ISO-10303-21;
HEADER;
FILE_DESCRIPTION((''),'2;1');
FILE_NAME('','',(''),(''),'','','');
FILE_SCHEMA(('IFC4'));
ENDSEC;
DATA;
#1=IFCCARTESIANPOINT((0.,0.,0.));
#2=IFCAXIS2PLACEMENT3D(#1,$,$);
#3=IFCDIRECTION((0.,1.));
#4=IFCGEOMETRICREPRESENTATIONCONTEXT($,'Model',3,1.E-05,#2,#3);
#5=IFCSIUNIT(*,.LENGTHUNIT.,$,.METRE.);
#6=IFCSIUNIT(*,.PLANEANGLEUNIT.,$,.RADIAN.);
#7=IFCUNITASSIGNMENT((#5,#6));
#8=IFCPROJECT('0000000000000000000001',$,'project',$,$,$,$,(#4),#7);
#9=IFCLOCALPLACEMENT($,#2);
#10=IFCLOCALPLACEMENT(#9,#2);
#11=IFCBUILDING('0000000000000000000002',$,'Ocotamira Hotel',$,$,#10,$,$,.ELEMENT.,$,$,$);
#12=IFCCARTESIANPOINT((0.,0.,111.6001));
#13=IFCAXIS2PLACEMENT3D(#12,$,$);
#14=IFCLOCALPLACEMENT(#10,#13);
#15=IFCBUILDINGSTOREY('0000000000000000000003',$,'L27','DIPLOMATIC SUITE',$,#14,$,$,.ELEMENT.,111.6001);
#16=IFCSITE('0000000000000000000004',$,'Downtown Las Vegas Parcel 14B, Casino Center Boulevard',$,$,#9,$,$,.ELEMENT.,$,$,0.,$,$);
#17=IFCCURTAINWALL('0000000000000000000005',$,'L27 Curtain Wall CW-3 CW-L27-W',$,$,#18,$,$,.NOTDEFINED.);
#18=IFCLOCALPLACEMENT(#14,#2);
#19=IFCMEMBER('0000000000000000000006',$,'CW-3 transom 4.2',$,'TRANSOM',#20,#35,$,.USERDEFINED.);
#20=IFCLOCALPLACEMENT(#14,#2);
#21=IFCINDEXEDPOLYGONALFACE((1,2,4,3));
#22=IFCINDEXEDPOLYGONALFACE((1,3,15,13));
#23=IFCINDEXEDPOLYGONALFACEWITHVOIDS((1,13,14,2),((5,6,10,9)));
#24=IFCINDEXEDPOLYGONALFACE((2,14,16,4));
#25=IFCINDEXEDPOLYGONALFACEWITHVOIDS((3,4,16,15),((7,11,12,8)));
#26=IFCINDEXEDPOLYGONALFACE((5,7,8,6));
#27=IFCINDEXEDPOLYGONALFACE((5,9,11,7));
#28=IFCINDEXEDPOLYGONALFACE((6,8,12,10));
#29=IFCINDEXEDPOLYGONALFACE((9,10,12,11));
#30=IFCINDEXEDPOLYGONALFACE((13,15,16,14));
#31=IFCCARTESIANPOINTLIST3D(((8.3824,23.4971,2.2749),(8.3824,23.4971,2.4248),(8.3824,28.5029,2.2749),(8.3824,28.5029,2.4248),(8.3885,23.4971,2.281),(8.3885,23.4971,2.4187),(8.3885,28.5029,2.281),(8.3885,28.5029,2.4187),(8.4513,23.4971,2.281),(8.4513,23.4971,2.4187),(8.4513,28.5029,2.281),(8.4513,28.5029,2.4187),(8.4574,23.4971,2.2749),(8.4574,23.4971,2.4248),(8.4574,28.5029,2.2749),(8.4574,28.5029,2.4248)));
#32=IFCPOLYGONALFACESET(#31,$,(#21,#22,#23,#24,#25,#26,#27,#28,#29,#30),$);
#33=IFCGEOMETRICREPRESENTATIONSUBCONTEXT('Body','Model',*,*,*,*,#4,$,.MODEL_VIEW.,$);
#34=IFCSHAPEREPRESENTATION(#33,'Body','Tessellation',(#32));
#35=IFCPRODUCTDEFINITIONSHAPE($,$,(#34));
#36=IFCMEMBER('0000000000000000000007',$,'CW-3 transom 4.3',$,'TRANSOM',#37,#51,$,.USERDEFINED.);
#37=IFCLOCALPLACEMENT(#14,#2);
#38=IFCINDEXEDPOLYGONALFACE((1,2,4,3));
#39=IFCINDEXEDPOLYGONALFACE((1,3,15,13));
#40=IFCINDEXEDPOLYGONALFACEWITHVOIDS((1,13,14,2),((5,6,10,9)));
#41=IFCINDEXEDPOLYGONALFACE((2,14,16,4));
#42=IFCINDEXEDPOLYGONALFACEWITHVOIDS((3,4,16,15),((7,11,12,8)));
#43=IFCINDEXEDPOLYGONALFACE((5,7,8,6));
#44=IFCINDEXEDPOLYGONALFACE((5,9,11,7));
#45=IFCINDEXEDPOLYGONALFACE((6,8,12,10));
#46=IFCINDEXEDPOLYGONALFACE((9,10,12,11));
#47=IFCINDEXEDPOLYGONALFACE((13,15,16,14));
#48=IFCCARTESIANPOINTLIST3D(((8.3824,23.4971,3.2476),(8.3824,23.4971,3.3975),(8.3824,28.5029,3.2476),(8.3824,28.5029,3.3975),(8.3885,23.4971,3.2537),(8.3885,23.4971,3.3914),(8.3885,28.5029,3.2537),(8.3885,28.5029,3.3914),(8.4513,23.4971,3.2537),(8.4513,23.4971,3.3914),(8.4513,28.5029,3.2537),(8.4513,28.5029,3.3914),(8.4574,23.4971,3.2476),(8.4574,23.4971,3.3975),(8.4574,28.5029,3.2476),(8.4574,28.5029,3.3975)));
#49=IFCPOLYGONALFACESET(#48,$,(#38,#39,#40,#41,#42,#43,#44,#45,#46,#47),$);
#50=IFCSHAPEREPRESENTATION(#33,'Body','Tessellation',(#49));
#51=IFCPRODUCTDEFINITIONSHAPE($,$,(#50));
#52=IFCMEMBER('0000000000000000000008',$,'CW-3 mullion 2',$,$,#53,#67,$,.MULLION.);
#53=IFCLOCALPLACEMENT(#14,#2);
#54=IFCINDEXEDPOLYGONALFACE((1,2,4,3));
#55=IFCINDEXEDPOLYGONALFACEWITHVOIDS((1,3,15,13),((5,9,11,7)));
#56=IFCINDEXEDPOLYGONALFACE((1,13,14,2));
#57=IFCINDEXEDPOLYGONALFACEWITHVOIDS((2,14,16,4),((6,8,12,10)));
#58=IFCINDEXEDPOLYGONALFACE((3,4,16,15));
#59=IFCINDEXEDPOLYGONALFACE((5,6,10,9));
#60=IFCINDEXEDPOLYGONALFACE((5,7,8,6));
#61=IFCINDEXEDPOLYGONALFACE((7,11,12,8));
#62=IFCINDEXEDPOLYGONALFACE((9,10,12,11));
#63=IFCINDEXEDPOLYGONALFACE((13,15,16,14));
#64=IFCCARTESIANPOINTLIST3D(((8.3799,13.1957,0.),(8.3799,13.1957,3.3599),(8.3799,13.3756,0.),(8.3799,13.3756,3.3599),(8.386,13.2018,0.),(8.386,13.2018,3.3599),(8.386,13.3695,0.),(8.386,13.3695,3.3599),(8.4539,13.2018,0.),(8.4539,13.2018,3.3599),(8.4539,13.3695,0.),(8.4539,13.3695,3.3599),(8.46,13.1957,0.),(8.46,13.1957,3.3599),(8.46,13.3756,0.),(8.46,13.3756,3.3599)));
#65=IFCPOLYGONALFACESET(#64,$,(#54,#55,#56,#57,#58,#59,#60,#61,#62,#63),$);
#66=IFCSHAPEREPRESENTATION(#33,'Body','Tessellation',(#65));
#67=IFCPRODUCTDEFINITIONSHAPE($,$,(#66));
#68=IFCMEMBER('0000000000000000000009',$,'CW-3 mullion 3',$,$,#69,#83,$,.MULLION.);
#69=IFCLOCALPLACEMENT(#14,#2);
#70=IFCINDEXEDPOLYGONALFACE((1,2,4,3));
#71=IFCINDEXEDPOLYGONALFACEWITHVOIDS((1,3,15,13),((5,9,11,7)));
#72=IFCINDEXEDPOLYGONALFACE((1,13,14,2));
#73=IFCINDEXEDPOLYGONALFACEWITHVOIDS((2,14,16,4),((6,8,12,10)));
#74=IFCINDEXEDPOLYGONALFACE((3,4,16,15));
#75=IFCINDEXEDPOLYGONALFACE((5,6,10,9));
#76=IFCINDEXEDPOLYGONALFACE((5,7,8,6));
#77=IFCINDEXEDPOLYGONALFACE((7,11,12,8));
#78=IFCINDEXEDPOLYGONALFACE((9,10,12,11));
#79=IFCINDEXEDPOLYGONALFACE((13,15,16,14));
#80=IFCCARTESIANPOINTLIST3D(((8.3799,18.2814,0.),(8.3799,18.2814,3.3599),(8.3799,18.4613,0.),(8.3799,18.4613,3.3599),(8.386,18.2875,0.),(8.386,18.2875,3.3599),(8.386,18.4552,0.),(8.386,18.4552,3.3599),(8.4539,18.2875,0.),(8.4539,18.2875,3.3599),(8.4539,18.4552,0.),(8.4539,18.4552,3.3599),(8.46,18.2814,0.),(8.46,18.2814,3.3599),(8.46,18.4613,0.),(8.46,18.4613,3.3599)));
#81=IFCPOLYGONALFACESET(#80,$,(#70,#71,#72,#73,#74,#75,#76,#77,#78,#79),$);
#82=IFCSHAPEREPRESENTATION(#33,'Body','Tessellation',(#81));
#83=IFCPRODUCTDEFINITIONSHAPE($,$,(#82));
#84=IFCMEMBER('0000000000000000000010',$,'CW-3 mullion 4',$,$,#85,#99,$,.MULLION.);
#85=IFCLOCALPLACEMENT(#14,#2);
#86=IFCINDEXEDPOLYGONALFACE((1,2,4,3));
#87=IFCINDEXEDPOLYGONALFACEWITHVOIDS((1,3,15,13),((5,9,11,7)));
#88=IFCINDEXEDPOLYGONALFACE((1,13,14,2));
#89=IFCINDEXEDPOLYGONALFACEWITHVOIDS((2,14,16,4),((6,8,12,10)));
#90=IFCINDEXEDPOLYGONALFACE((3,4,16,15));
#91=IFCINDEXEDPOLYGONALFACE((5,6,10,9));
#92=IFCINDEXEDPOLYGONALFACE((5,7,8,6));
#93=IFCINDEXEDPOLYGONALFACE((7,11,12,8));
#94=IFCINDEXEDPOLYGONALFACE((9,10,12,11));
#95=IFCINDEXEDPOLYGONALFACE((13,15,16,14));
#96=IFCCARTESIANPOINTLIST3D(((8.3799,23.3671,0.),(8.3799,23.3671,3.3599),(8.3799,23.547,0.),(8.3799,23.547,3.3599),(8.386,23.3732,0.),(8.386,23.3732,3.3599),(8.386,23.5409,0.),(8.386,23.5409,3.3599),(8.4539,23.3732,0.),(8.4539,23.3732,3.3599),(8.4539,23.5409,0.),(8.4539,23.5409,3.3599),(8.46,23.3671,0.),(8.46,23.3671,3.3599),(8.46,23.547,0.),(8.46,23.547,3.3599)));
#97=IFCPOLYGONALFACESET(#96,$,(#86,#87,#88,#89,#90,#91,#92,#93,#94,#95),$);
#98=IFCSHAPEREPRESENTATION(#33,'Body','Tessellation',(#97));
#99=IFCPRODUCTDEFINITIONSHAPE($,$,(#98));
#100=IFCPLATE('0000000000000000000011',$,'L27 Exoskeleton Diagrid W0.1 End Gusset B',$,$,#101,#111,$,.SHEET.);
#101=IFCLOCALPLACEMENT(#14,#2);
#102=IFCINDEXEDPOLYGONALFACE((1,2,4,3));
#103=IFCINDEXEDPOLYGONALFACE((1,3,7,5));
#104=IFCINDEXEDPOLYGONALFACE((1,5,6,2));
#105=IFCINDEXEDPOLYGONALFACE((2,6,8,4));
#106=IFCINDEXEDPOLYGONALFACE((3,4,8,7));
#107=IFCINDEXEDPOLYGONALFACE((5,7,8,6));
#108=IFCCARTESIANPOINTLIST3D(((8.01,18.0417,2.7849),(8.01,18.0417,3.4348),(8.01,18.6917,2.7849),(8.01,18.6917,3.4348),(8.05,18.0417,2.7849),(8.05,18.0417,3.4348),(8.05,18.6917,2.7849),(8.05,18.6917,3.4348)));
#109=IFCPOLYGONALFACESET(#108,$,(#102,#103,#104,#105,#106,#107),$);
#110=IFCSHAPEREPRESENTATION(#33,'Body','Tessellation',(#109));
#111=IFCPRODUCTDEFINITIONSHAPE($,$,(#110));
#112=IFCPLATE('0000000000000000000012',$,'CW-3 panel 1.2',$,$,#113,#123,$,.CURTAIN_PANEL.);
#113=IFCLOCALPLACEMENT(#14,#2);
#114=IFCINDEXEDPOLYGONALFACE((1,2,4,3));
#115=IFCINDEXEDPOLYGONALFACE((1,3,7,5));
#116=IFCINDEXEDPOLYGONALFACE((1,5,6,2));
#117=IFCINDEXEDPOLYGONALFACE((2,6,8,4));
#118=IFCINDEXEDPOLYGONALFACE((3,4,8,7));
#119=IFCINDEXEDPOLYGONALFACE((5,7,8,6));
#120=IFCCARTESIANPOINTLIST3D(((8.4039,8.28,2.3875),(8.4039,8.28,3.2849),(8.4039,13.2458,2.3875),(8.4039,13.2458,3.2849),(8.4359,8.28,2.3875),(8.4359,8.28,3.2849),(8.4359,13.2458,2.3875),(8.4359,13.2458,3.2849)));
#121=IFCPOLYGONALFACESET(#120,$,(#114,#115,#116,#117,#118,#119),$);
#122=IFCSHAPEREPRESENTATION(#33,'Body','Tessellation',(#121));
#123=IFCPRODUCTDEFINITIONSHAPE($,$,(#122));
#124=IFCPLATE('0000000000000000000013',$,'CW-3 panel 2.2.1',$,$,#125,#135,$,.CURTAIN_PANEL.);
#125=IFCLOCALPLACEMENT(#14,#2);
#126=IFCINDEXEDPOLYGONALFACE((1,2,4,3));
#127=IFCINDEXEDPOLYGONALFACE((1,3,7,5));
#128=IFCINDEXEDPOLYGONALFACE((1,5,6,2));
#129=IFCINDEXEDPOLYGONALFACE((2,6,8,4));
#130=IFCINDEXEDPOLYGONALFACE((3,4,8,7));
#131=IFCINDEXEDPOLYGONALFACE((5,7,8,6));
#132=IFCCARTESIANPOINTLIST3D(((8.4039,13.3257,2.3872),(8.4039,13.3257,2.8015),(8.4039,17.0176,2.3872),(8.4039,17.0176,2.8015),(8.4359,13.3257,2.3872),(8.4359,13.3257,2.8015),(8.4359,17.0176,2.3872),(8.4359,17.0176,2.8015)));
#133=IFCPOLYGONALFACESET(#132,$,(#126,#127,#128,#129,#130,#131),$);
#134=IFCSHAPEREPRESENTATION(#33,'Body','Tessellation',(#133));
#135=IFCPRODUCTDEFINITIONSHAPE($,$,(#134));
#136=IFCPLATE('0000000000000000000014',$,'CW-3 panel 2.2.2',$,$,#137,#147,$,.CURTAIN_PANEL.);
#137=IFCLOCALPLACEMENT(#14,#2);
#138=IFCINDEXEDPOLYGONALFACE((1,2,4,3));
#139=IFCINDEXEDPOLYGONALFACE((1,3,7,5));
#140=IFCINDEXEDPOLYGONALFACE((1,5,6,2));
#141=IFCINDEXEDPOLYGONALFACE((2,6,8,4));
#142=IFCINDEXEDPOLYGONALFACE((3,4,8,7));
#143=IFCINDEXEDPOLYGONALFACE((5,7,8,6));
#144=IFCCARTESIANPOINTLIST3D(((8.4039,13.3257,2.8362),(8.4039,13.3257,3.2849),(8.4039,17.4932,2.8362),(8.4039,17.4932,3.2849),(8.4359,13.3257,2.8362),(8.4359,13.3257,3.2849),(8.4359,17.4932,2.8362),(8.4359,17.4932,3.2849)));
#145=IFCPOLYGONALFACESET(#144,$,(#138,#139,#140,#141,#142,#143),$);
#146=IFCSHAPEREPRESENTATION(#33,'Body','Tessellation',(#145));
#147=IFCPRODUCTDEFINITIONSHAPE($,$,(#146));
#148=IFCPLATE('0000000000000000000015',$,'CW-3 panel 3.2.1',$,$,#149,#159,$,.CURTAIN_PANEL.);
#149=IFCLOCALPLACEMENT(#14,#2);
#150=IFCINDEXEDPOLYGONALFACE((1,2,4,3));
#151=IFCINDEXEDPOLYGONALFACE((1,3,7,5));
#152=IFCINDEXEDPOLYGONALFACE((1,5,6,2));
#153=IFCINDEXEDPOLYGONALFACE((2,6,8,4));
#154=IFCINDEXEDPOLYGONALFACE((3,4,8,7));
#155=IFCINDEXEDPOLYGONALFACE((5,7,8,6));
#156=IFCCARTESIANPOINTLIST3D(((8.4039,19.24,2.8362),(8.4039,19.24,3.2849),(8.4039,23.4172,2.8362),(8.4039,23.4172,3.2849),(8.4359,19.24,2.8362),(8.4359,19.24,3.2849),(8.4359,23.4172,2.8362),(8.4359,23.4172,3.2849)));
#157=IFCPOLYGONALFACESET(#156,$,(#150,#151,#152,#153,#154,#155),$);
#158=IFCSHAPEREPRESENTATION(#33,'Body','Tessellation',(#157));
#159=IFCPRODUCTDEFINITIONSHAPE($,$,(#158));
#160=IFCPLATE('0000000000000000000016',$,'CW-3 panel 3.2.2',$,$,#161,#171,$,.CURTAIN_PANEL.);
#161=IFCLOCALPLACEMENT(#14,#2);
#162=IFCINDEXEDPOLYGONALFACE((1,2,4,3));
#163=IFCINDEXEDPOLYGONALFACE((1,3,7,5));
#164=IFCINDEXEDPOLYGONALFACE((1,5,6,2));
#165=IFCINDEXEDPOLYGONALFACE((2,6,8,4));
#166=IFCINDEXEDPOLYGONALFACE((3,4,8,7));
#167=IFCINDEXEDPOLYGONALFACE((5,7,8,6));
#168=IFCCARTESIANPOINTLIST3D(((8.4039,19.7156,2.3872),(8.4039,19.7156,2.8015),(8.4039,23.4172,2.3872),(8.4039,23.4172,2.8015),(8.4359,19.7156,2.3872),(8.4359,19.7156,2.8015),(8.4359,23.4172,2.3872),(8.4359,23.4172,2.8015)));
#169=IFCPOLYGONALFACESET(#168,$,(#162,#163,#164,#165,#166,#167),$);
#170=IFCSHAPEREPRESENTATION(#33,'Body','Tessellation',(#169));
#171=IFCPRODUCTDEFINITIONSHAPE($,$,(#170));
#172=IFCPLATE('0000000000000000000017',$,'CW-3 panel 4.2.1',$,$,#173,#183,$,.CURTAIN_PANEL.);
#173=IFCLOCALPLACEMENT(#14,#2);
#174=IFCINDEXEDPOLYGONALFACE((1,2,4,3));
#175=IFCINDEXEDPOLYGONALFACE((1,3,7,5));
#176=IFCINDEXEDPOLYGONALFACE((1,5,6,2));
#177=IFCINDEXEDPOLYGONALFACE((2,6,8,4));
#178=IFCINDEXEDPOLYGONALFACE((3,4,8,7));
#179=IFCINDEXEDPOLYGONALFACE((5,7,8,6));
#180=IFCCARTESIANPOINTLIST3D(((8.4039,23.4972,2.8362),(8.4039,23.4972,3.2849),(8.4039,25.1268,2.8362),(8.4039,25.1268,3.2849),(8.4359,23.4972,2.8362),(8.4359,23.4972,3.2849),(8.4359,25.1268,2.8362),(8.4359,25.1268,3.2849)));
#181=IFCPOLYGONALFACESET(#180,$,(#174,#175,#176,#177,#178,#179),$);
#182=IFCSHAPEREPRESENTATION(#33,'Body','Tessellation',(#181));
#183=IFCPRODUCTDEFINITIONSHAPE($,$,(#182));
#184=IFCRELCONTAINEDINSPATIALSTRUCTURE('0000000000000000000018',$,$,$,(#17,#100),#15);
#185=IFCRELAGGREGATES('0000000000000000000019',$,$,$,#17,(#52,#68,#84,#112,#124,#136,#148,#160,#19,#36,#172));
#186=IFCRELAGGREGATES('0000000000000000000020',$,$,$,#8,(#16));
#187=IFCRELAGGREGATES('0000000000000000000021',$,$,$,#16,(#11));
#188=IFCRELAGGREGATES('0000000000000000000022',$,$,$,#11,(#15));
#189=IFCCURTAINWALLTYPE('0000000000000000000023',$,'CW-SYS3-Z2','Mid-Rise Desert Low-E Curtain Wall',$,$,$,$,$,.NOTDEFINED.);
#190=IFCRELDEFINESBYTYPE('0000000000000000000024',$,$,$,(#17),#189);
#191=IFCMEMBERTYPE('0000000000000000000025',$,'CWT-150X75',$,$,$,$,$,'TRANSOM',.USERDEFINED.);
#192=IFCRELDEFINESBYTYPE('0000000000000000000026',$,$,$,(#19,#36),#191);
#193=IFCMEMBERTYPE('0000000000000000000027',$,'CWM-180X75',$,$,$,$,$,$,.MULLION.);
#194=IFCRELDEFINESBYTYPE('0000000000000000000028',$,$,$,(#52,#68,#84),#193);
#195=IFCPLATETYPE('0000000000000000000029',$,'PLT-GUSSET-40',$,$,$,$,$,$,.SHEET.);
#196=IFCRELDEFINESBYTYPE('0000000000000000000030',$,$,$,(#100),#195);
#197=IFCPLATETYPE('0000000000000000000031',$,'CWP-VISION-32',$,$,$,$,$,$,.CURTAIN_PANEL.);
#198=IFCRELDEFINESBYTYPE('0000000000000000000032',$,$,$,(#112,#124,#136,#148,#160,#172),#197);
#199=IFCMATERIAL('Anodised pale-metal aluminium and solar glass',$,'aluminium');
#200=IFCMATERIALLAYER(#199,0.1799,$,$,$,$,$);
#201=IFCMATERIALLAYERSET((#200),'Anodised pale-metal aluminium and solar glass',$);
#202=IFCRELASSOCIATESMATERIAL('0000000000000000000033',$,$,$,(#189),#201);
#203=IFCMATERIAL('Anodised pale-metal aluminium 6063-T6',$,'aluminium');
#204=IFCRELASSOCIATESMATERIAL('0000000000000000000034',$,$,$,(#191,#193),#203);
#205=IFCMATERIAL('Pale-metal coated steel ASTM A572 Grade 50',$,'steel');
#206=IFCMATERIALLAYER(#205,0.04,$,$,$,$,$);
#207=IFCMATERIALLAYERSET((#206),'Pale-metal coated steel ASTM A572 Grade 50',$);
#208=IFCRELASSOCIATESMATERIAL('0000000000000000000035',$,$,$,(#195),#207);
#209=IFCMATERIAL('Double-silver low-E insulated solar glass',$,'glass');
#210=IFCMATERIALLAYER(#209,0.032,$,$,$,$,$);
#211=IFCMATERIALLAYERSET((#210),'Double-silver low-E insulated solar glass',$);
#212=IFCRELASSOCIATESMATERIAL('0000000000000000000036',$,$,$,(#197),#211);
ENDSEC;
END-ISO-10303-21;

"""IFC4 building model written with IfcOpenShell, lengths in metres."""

from ifc_helpers import new_model, si_unit, direction, frame, origin, origin_2d, place, context, subcontext, project, spatial, rectangle, hollow_rectangle, extrude, source, transform, mapped, material, layer, layer_set, material_profile, profile_set, type_object, element, aggregate, save


model = new_model("IFC4")

# Units and contexts
model_context = context("Model", 3, precision=1e-05, world=origin(), true_north=direction((0.0, 1.0)))
body_context = subcontext(model_context, "Body", "Model", "MODEL_VIEW")
ifc_project = project(units=[si_unit("LENGTHUNIT", "METRE"), si_unit("PLANEANGLEUNIT", "RADIAN")], contexts=[model_context])

# Site, building, storey
site_placement = place(None, origin())
site = spatial("IfcSite", under=ifc_project, at=site_placement, Name="Downtown Las Vegas Parcel 14B, Casino Center Boulevard", CompositionType="ELEMENT", RefElevation=0.0)
building_placement = place(site_placement, origin())
building = spatial("IfcBuilding", under=site, at=building_placement, Name="Ocotamira Hotel", CompositionType="ELEMENT")
storey_placement = place(building_placement, frame((0.0, 0.0, 111.6001)))
storey = spatial("IfcBuildingStorey", under=building, at=storey_placement, Name="L27", Description="DIPLOMATIC SUITE", CompositionType="ELEMENT", Elevation=111.6001)

# Curtain wall, members
ifc_material_1 = material(Name="Anodised pale-metal aluminium and solar glass", Category="aluminium")
ifc_layer_1 = layer(ifc_material_1, 0.1799)
ifc_layer_set_1 = layer_set([ifc_layer_1], Name="Anodised pale-metal aluminium and solar glass")
curtain_wall_type = type_object("IfcCurtainWallType", Name="CW-SYS3-Z2", Description="Mid-Rise Desert Low-E Curtain Wall", PredefinedType="NOTDEFINED", material=ifc_layer_set_1)
curtain_wall_placement = place(storey_placement, origin())
curtain_wall = element("IfcCurtainWall", 1, at=curtain_wall_placement, inside=storey, type_object=curtain_wall_type, Name="L27 Curtain Wall CW-3 CW-L27-W", PredefinedType="NOTDEFINED")
ifc_material_2 = material(Name="Anodised pale-metal aluminium 6063-T6", Category="aluminium")
ifc_material_profile_1 = material_profile(ifc_material_2, hollow_rectangle(XDim=0.075, YDim=0.1499, WallThickness=0.0061, at=origin_2d()), Name="HSS150X75X6")
ifc_profile_set_1 = profile_set([ifc_material_profile_1], Name="Anodised pale-metal aluminium 6063-T6")
member_type_1 = type_object("IfcMemberType", Name="CWT-150X75", ElementType="TRANSOM", PredefinedType="USERDEFINED", material=ifc_profile_set_1)
shared_shape_1 = source(origin(), body_context, "Body", "SweptSolid", [
    extrude(hollow_rectangle(XDim=0.075, YDim=0.1499, WallThickness=0.0061, at=origin_2d()), origin(), (0.0, 0.0, 1.0), 5.0059),
])
member_1_placement = place(storey_placement, frame((8.4199, 23.4971, 2.3499), z_axis=(0.0, 1.0, 0.0), x_axis=(-1.0, 0.0, 0.0)))
member_1 = element("IfcMember", 2, at=member_1_placement, type_object=member_type_1, Name="CW-3 transom 4.2", ObjectType="TRANSOM", PredefinedType="USERDEFINED", context=body_context, shape_type="MappedRepresentation", body=[
    mapped(shared_shape_1, transform((0.0, 0.0, 0.0), scale=1.0)),
])
member_2_placement = place(storey_placement, frame((8.4199, 23.4971, 3.3225), z_axis=(0.0, 1.0, 0.0), x_axis=(-1.0, 0.0, 0.0)))
member_2 = element("IfcMember", 3, at=member_2_placement, type_object=member_type_1, Name="CW-3 transom 4.3", ObjectType="TRANSOM", PredefinedType="USERDEFINED", context=body_context, shape_type="MappedRepresentation", body=[
    mapped(shared_shape_1, transform((0.0, 0.0, 0.0), scale=1.0)),
])
ifc_material_profile_2 = material_profile(ifc_material_2, hollow_rectangle(XDim=0.0801, YDim=0.1799, WallThickness=0.0061, at=origin_2d()), Name="HSS180X80X6")
ifc_profile_set_2 = profile_set([ifc_material_profile_2], Name="Anodised pale-metal aluminium 6063-T6")
member_type_2 = type_object("IfcMemberType", Name="CWM-180X75", PredefinedType="MULLION", material=ifc_profile_set_2)
shared_shape_2 = source(origin(), body_context, "Body", "SweptSolid", [
    extrude(hollow_rectangle(XDim=0.0801, YDim=0.1799, WallThickness=0.0061, at=origin_2d()), origin(), (0.0, 0.0, 1.0), 3.3599),
])
member_3_placement = place(storey_placement, frame((8.4199, 13.2856, 0.0), z_axis=(0.0, 0.0, 1.0), x_axis=(-1.0, 0.0, 0.0)))
member_3 = element("IfcMember", 4, at=member_3_placement, type_object=member_type_2, Name="CW-3 mullion 2", PredefinedType="MULLION", context=body_context, shape_type="MappedRepresentation", body=[
    mapped(shared_shape_2, transform((0.0, 0.0, 0.0), scale=1.0)),
])
member_4_placement = place(storey_placement, frame((8.4199, 18.3713, 0.0), z_axis=(0.0, 0.0, 1.0), x_axis=(-1.0, 0.0, 0.0)))
member_4 = element("IfcMember", 5, at=member_4_placement, type_object=member_type_2, Name="CW-3 mullion 3", PredefinedType="MULLION", context=body_context, shape_type="MappedRepresentation", body=[
    mapped(shared_shape_2, transform((0.0, 0.0, 0.0), scale=1.0)),
])
member_5_placement = place(storey_placement, frame((8.4199, 23.457, 0.0), z_axis=(0.0, 0.0, 1.0), x_axis=(-1.0, 0.0, 0.0)))
member_5 = element("IfcMember", 6, at=member_5_placement, type_object=member_type_2, Name="CW-3 mullion 4", PredefinedType="MULLION", context=body_context, shape_type="MappedRepresentation", body=[
    mapped(shared_shape_2, transform((0.0, 0.0, 0.0), scale=1.0)),
])

# Plates
ifc_material_3 = material(Name="Pale-metal coated steel ASTM A572 Grade 50", Category="steel")
ifc_layer_2 = layer(ifc_material_3, 0.04)
ifc_layer_set_2 = layer_set([ifc_layer_2], Name="Pale-metal coated steel ASTM A572 Grade 50")
plate_type_1 = type_object("IfcPlateType", Name="PLT-GUSSET-40", PredefinedType="SHEET", material=ifc_layer_set_2)
shared_shape_3 = source(origin(), body_context, "Body", "SweptSolid", [
    extrude(rectangle(XDim=0.04, YDim=0.6499, at=origin_2d()), origin(), (0.0, 0.0, 1.0), 0.6499),
])
plate_1_placement = place(storey_placement, frame((8.03, 18.3667, 2.7849), z_axis=(0.0, 0.0, 1.0), x_axis=(1.0, 0.0, 0.0)))
element("IfcPlate", 7, at=plate_1_placement, inside=storey, type_object=plate_type_1, Name="L27 Exoskeleton Diagrid W0.1 End Gusset B", PredefinedType="SHEET", context=body_context, shape_type="MappedRepresentation", body=[
    mapped(shared_shape_3, transform((0.0, 0.0, 0.0), scale=1.0)),
])
ifc_material_4 = material(Name="Double-silver low-E insulated solar glass", Category="glass")
ifc_layer_3 = layer(ifc_material_4, 0.032)
ifc_layer_set_3 = layer_set([ifc_layer_3], Name="Double-silver low-E insulated solar glass")
plate_type_2 = type_object("IfcPlateType", Name="CWP-VISION-32", PredefinedType="CURTAIN_PANEL", material=ifc_layer_set_3)
shared_shape_4 = source(origin(), body_context, "Body", "SweptSolid", [
    extrude(rectangle(XDim=4.9658, YDim=0.032, at=origin_2d()), origin(), (0.0, 0.0, 1.0), 0.8975),
])
plate_2_placement = place(storey_placement, frame((8.4199, 10.7629, 2.3875), z_axis=(0.0, 0.0, 1.0), x_axis=(0.0, 1.0, 0.0)))
plate_2 = element("IfcPlate", 8, at=plate_2_placement, type_object=plate_type_2, Name="CW-3 panel 1.2", PredefinedType="CURTAIN_PANEL", context=body_context, shape_type="MappedRepresentation", body=[
    mapped(shared_shape_4, transform((0.0, 0.0, 0.0), scale=1.0)),
])
shared_shape_5 = source(origin(), body_context, "Body", "SweptSolid", [
    extrude(rectangle(XDim=3.6919, YDim=0.032, at=origin_2d()), origin(), (0.0, 0.0, 1.0), 0.4143),
])
plate_3_placement = place(storey_placement, frame((8.4199, 15.1716, 2.3872), z_axis=(0.0, 0.0, 1.0), x_axis=(0.0, 1.0, 0.0)))
plate_3 = element("IfcPlate", 9, at=plate_3_placement, type_object=plate_type_2, Name="CW-3 panel 2.2.1", PredefinedType="CURTAIN_PANEL", context=body_context, shape_type="MappedRepresentation", body=[
    mapped(shared_shape_5, transform((0.0, 0.0, 0.0), scale=1.0)),
])
shared_shape_6 = source(origin(), body_context, "Body", "SweptSolid", [
    extrude(rectangle(XDim=4.1675, YDim=0.032, at=origin_2d()), origin(), (0.0, 0.0, 1.0), 0.4487),
])
plate_4_placement = place(storey_placement, frame((8.4199, 15.4094, 2.8362), z_axis=(0.0, 0.0, 1.0), x_axis=(0.0, 1.0, 0.0)))
plate_4 = element("IfcPlate", 10, at=plate_4_placement, type_object=plate_type_2, Name="CW-3 panel 2.2.2", PredefinedType="CURTAIN_PANEL", context=body_context, shape_type="MappedRepresentation", body=[
    mapped(shared_shape_6, transform((0.0, 0.0, 0.0), scale=1.0)),
])
shared_shape_7 = source(origin(), body_context, "Body", "SweptSolid", [
    extrude(rectangle(XDim=4.1772, YDim=0.032, at=origin_2d()), origin(), (0.0, 0.0, 1.0), 0.4487),
])
plate_5_placement = place(storey_placement, frame((8.4199, 21.3286, 2.8362), z_axis=(0.0, 0.0, 1.0), x_axis=(0.0, 1.0, 0.0)))
plate_5 = element("IfcPlate", 11, at=plate_5_placement, type_object=plate_type_2, Name="CW-3 panel 3.2.1", PredefinedType="CURTAIN_PANEL", context=body_context, shape_type="MappedRepresentation", body=[
    mapped(shared_shape_7, transform((0.0, 0.0, 0.0), scale=1.0)),
])
shared_shape_8 = source(origin(), body_context, "Body", "SweptSolid", [
    extrude(rectangle(XDim=3.7017, YDim=0.032, at=origin_2d()), origin(), (0.0, 0.0, 1.0), 0.4143),
])
plate_6_placement = place(storey_placement, frame((8.4199, 21.5664, 2.3872), z_axis=(0.0, 0.0, 1.0), x_axis=(0.0, 1.0, 0.0)))
plate_6 = element("IfcPlate", 12, at=plate_6_placement, type_object=plate_type_2, Name="CW-3 panel 3.2.2", PredefinedType="CURTAIN_PANEL", context=body_context, shape_type="MappedRepresentation", body=[
    mapped(shared_shape_8, transform((0.0, 0.0, 0.0), scale=1.0)),
])
shared_shape_9 = source(origin(), body_context, "Body", "SweptSolid", [
    extrude(rectangle(XDim=1.6296, YDim=0.032, at=origin_2d()), origin(), (0.0, 0.0, 1.0), 0.4487),
])
plate_7_placement = place(storey_placement, frame((8.4199, 24.312, 2.8362), z_axis=(0.0, 0.0, 1.0), x_axis=(0.0, 1.0, 0.0)))
plate_7 = element("IfcPlate", 13, at=plate_7_placement, type_object=plate_type_2, Name="CW-3 panel 4.2.1", PredefinedType="CURTAIN_PANEL", context=body_context, shape_type="MappedRepresentation", body=[
    mapped(shared_shape_9, transform((0.0, 0.0, 0.0), scale=1.0)),
])
aggregate(curtain_wall, [member_3, member_4, member_5, plate_2, plate_3, plate_4, plate_5, plate_6, member_1, member_2, plate_7])

save(model, "model.ifc")
